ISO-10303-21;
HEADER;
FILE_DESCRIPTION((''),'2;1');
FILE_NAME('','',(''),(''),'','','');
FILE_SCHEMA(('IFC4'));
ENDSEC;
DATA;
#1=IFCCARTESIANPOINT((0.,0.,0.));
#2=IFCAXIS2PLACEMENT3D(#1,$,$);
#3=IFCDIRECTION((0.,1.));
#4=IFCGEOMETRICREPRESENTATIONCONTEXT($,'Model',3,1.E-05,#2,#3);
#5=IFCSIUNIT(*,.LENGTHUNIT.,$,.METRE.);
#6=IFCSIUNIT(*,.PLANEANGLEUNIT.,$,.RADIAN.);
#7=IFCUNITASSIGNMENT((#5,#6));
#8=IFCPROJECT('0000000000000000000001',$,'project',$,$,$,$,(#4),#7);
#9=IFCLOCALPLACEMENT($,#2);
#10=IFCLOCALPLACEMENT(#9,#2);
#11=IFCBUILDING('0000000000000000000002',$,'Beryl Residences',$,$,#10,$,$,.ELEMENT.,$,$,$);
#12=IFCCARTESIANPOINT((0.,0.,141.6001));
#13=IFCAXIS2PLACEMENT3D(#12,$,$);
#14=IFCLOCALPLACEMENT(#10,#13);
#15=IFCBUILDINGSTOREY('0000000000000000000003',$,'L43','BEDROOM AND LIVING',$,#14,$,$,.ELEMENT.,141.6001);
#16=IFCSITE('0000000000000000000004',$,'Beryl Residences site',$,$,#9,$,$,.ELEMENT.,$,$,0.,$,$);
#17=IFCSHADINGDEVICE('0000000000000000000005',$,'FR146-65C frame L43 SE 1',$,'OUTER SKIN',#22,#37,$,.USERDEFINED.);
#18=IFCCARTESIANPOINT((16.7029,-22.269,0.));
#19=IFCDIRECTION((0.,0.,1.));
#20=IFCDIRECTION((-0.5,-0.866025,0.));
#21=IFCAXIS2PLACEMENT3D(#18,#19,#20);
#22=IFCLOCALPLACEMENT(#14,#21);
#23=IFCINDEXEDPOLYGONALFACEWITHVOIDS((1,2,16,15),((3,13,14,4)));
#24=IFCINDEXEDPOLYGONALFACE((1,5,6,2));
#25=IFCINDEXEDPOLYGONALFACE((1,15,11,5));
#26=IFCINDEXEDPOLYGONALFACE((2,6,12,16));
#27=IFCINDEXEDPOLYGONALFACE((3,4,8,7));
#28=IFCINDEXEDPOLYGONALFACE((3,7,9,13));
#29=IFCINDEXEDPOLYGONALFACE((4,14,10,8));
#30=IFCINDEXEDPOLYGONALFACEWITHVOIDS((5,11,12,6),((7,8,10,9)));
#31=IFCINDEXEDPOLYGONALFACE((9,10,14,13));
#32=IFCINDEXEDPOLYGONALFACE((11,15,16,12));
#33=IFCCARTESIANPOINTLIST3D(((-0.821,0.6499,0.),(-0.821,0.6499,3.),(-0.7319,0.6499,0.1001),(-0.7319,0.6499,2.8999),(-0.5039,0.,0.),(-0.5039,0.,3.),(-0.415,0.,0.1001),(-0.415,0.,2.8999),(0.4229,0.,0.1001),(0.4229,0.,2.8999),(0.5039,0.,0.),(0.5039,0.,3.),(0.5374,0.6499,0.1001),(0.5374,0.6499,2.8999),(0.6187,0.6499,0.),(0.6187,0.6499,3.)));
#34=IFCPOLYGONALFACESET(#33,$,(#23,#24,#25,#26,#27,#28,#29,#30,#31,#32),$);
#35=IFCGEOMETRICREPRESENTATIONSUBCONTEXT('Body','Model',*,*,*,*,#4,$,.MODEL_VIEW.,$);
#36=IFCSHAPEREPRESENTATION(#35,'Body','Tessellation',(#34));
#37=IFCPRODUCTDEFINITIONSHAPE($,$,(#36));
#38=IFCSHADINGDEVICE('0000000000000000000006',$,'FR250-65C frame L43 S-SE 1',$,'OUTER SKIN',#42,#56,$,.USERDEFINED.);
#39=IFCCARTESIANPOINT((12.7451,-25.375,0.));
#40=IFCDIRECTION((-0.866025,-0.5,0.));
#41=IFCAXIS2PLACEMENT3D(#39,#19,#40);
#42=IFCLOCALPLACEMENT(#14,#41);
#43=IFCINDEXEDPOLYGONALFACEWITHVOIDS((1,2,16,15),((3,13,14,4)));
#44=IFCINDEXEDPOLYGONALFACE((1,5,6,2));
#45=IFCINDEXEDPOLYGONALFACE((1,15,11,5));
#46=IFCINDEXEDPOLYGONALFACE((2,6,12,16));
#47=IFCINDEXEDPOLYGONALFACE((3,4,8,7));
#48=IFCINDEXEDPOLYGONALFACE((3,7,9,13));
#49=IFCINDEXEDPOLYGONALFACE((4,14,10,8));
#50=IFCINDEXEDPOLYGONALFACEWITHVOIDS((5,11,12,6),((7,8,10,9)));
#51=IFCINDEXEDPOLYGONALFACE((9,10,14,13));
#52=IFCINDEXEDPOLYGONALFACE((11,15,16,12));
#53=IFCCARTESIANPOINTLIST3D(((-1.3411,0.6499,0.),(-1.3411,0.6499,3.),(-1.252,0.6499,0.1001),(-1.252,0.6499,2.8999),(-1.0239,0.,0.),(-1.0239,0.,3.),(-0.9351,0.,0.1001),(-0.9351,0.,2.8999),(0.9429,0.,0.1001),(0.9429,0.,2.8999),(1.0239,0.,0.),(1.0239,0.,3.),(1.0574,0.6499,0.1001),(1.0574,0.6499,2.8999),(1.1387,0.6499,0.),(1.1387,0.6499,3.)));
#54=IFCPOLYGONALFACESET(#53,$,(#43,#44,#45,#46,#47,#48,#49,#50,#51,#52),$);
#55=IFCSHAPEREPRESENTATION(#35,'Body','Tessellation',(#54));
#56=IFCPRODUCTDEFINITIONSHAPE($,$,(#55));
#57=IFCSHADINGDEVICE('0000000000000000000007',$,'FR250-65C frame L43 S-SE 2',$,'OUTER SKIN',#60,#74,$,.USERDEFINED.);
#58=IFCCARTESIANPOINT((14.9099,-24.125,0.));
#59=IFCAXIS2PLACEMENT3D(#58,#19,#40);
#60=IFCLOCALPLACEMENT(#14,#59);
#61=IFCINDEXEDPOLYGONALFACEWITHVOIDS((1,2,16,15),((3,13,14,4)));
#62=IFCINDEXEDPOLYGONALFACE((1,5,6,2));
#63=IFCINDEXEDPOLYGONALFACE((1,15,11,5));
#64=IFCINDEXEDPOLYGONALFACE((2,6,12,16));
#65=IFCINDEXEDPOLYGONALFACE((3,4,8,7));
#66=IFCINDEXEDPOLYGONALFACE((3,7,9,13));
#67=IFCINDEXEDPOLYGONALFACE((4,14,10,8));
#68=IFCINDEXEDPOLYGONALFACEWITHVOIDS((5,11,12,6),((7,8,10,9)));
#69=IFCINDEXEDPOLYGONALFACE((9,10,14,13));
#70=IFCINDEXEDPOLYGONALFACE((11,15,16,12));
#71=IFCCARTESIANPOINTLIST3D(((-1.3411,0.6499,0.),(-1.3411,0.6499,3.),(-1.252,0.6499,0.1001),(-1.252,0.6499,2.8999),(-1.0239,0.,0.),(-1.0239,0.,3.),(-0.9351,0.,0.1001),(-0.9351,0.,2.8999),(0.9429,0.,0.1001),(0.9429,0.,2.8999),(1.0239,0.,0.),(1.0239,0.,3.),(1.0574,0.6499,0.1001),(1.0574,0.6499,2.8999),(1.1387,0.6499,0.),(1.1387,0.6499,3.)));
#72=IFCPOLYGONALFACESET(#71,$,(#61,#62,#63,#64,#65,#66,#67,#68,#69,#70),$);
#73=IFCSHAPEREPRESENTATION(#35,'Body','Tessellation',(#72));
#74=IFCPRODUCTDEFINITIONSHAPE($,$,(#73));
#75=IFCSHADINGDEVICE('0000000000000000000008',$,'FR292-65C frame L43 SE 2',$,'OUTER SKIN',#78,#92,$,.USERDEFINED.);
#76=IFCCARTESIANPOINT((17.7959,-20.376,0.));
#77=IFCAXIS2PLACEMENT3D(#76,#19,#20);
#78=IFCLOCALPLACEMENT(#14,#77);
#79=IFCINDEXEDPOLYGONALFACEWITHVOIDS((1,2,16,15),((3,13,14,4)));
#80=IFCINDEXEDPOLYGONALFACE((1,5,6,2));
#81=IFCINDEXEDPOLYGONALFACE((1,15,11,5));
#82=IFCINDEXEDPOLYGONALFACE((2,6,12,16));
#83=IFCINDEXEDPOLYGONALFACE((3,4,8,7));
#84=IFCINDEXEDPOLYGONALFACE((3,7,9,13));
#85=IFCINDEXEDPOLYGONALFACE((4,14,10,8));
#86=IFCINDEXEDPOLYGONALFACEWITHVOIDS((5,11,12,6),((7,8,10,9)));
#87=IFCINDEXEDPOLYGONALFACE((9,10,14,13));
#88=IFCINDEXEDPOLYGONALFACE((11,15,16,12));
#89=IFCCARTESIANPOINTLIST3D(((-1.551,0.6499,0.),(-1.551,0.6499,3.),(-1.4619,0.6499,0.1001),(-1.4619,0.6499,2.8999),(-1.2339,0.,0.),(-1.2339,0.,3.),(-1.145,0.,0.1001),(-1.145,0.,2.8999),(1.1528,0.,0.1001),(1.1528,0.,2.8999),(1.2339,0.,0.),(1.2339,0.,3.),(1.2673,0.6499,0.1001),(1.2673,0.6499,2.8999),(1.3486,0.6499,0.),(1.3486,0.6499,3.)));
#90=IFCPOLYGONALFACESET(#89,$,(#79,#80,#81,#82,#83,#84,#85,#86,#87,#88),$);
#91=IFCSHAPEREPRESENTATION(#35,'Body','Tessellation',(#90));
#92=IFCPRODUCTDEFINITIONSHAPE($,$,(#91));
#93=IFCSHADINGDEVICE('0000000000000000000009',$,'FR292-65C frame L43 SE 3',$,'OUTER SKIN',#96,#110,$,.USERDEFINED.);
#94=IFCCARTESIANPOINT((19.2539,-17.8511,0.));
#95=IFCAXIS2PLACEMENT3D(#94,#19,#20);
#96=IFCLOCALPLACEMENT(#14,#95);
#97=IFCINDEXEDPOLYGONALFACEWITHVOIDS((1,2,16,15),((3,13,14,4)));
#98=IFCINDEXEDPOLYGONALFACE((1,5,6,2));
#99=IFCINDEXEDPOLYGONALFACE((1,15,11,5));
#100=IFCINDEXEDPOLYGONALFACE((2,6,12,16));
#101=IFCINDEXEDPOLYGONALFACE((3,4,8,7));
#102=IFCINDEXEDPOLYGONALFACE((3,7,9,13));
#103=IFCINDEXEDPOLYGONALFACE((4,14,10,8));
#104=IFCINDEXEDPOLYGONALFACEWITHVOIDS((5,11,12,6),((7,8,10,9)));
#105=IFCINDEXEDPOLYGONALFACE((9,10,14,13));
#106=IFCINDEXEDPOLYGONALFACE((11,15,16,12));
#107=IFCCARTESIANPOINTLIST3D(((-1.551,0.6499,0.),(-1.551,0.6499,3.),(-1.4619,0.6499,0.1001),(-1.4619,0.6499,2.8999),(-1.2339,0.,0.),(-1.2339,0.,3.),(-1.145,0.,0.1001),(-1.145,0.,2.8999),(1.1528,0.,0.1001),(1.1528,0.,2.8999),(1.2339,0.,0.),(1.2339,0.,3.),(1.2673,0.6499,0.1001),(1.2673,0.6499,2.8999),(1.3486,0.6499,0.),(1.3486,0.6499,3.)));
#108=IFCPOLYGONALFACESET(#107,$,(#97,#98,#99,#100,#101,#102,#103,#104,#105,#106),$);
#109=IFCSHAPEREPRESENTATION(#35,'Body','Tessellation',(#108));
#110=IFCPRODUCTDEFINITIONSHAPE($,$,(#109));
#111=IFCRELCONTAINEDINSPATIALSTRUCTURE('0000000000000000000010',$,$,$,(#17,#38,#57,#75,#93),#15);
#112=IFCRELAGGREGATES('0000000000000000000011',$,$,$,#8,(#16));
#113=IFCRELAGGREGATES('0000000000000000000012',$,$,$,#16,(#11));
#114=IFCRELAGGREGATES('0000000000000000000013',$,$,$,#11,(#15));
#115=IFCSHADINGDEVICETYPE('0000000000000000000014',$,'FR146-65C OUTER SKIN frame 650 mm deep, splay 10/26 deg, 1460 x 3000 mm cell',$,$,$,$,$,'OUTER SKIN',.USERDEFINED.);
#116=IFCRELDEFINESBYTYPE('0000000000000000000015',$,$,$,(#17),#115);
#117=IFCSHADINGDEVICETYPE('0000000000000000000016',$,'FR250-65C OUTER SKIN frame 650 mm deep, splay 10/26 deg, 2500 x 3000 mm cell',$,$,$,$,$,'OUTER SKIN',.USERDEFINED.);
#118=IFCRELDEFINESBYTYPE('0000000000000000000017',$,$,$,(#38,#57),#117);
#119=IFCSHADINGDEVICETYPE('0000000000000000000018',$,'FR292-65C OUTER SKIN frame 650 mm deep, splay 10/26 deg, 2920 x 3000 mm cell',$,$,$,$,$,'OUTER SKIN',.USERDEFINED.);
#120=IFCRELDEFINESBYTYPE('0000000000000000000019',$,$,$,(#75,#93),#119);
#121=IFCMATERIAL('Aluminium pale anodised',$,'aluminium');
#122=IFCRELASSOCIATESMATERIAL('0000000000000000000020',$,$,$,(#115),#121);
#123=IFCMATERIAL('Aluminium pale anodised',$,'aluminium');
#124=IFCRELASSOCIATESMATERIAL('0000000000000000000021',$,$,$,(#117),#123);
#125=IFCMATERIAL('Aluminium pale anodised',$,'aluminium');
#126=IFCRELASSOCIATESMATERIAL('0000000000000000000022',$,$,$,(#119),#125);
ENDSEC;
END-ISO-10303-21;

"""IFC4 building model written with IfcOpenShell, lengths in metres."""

from ifc_helpers import new_model, entity, si_unit, direction, frame, origin, place, context, subcontext, project, spatial, source, transform, mapped, material, type_object, type_shapes, element, save


model = new_model("IFC4")

# Units and contexts
model_context = context("Model", 3, precision=1e-05, world=origin(), true_north=direction((0.0, 1.0)))
body_context = subcontext(model_context, "Body", "Model", "MODEL_VIEW")
ifc_project = project(units=[si_unit("LENGTHUNIT", "METRE"), si_unit("PLANEANGLEUNIT", "RADIAN")], contexts=[model_context])

# Site, building, storey
site_placement = place(None, origin())
site = spatial("IfcSite", under=ifc_project, at=site_placement, Name="Beryl Residences site", CompositionType="ELEMENT", RefElevation=0.0)
building_placement = place(site_placement, origin())
building = spatial("IfcBuilding", under=site, at=building_placement, Name="Beryl Residences", CompositionType="ELEMENT")
storey_placement = place(building_placement, frame((0.0, 0.0, 141.6001)))
storey = spatial("IfcBuildingStorey", under=building, at=storey_placement, Name="L43", Description="BEDROOM AND LIVING", CompositionType="ELEMENT", Elevation=141.6001)

# Shading devices
ifc_material_1 = material(Name="Aluminium pale anodised", Category="aluminium")
shading_device_type_1 = type_object("IfcShadingDeviceType", Name="FR146-65C OUTER SKIN frame 650 mm deep, splay 10/26 deg, 1460 x 3000 mm cell", ElementType="OUTER SKIN", PredefinedType="USERDEFINED", material=ifc_material_1)
cartesian_point_1 = entity("IfcCartesianPoint", [-0.5039, 0.0])
cartesian_point_2 = entity("IfcCartesianPoint", [-0.4229, 0.1001])
cartesian_point_3 = entity("IfcCartesianPoint", [-0.6187, 0.0])
cartesian_point_4 = entity("IfcCartesianPoint", [-0.5374, 0.1001])
shared_shape_1 = source(origin(), body_context, "Body", "SweptSolid", [
    entity("IfcExtrudedAreaSolidTapered", entity("IfcArbitraryProfileDefWithVoids", "AREA", None, entity("IfcPolyline", [cartesian_point_1, entity("IfcCartesianPoint", [0.5039, 0.0]), entity("IfcCartesianPoint", [0.5039, 3.0]), entity("IfcCartesianPoint", [-0.5039, 3.0]), cartesian_point_1]), [entity("IfcPolyline", [cartesian_point_2, entity("IfcCartesianPoint", [0.415, 0.1001]), entity("IfcCartesianPoint", [0.415, 2.8999]), entity("IfcCartesianPoint", [-0.4229, 2.8999]), cartesian_point_2])]), entity("IfcAxis2Placement3D", entity("IfcCartesianPoint", [0.0, 0.0, 0.0]), entity("IfcDirection", [0.0, 1.0, 0.0]), entity("IfcDirection", [-1.0, 0.0, 0.0])), entity("IfcDirection", [0.0, 0.0, 1.0]), 0.6499, entity("IfcArbitraryProfileDefWithVoids", "AREA", None, entity("IfcPolyline", [cartesian_point_3, entity("IfcCartesianPoint", [0.821, 0.0]), entity("IfcCartesianPoint", [0.821, 3.0]), entity("IfcCartesianPoint", [-0.6187, 3.0]), cartesian_point_3]), [entity("IfcPolyline", [cartesian_point_4, entity("IfcCartesianPoint", [0.7319, 0.1001]), entity("IfcCartesianPoint", [0.7319, 2.8999]), entity("IfcCartesianPoint", [-0.5374, 2.8999]), cartesian_point_4])])),
])
type_shapes(shading_device_type_1, [shared_shape_1])
shading_device_placement = place(storey_placement, frame((16.7029, -22.269, 0.0), z_axis=(0.0, 0.0, 1.0), x_axis=(-0.5, -0.866025, 0.0)))
element("IfcShadingDevice", 1, at=shading_device_placement, inside=storey, type_object=shading_device_type_1, Name="FR146-65C frame L43 SE 1", ObjectType="OUTER SKIN", PredefinedType="USERDEFINED", context=body_context, shape_type="MappedRepresentation", body=[
    mapped(shared_shape_1, transform((0.0, 0.0, 0.0))),
])
ifc_material_2 = material(Name="Aluminium pale anodised", Category="aluminium")
shading_device_type_2 = type_object("IfcShadingDeviceType", Name="FR250-65C OUTER SKIN frame 650 mm deep, splay 10/26 deg, 2500 x 3000 mm cell", ElementType="OUTER SKIN", PredefinedType="USERDEFINED", material=ifc_material_2)
cartesian_point_5 = entity("IfcCartesianPoint", [-1.0239, 0.0])
cartesian_point_6 = entity("IfcCartesianPoint", [-0.9429, 0.1001])
cartesian_point_7 = entity("IfcCartesianPoint", [-1.1387, 0.0])
cartesian_point_8 = entity("IfcCartesianPoint", [-1.0574, 0.1001])
shared_shape_2 = source(origin(), body_context, "Body", "SweptSolid", [
    entity("IfcExtrudedAreaSolidTapered", entity("IfcArbitraryProfileDefWithVoids", "AREA", None, entity("IfcPolyline", [cartesian_point_5, entity("IfcCartesianPoint", [1.0239, 0.0]), entity("IfcCartesianPoint", [1.0239, 3.0]), entity("IfcCartesianPoint", [-1.0239, 3.0]), cartesian_point_5]), [entity("IfcPolyline", [cartesian_point_6, entity("IfcCartesianPoint", [0.9351, 0.1001]), entity("IfcCartesianPoint", [0.9351, 2.8999]), entity("IfcCartesianPoint", [-0.9429, 2.8999]), cartesian_point_6])]), entity("IfcAxis2Placement3D", entity("IfcCartesianPoint", [0.0, 0.0, 0.0]), entity("IfcDirection", [0.0, 1.0, 0.0]), entity("IfcDirection", [-1.0, 0.0, 0.0])), entity("IfcDirection", [0.0, 0.0, 1.0]), 0.6499, entity("IfcArbitraryProfileDefWithVoids", "AREA", None, entity("IfcPolyline", [cartesian_point_7, entity("IfcCartesianPoint", [1.3411, 0.0]), entity("IfcCartesianPoint", [1.3411, 3.0]), entity("IfcCartesianPoint", [-1.1387, 3.0]), cartesian_point_7]), [entity("IfcPolyline", [cartesian_point_8, entity("IfcCartesianPoint", [1.252, 0.1001]), entity("IfcCartesianPoint", [1.252, 2.8999]), entity("IfcCartesianPoint", [-1.0574, 2.8999]), cartesian_point_8])])),
])
type_shapes(shading_device_type_2, [shared_shape_2])
for number, where, z_axis, x_axis, name in (
    (2, (12.7451, -25.375, 0.0), (0.0, 0.0, 1.0), (-0.866025, -0.5, 0.0), "FR250-65C frame L43 S-SE 1"),
    (3, (14.9099, -24.125, 0.0), (0.0, 0.0, 1.0), (-0.866025, -0.5, 0.0), "FR250-65C frame L43 S-SE 2"),
):
    element("IfcShadingDevice", number, at=place(storey_placement, frame(where, z_axis=z_axis, x_axis=x_axis)), inside=storey, type_object=shading_device_type_2, Name=name, ObjectType="OUTER SKIN", PredefinedType="USERDEFINED", context=body_context, shape_type="MappedRepresentation", body=[
        mapped(shared_shape_2, transform((0.0, 0.0, 0.0))),
    ])
ifc_material_3 = material(Name="Aluminium pale anodised", Category="aluminium")
shading_device_type_3 = type_object("IfcShadingDeviceType", Name="FR292-65C OUTER SKIN frame 650 mm deep, splay 10/26 deg, 2920 x 3000 mm cell", ElementType="OUTER SKIN", PredefinedType="USERDEFINED", material=ifc_material_3)
cartesian_point_9 = entity("IfcCartesianPoint", [-1.2339, 0.0])
cartesian_point_10 = entity("IfcCartesianPoint", [-1.1528, 0.1001])
cartesian_point_11 = entity("IfcCartesianPoint", [-1.3486, 0.0])
cartesian_point_12 = entity("IfcCartesianPoint", [-1.2673, 0.1001])
shared_shape_3 = source(origin(), body_context, "Body", "SweptSolid", [
    entity("IfcExtrudedAreaSolidTapered", entity("IfcArbitraryProfileDefWithVoids", "AREA", None, entity("IfcPolyline", [cartesian_point_9, entity("IfcCartesianPoint", [1.2339, 0.0]), entity("IfcCartesianPoint", [1.2339, 3.0]), entity("IfcCartesianPoint", [-1.2339, 3.0]), cartesian_point_9]), [entity("IfcPolyline", [cartesian_point_10, entity("IfcCartesianPoint", [1.145, 0.1001]), entity("IfcCartesianPoint", [1.145, 2.8999]), entity("IfcCartesianPoint", [-1.1528, 2.8999]), cartesian_point_10])]), entity("IfcAxis2Placement3D", entity("IfcCartesianPoint", [0.0, 0.0, 0.0]), entity("IfcDirection", [0.0, 1.0, 0.0]), entity("IfcDirection", [-1.0, 0.0, 0.0])), entity("IfcDirection", [0.0, 0.0, 1.0]), 0.6499, entity("IfcArbitraryProfileDefWithVoids", "AREA", None, entity("IfcPolyline", [cartesian_point_11, entity("IfcCartesianPoint", [1.551, 0.0]), entity("IfcCartesianPoint", [1.551, 3.0]), entity("IfcCartesianPoint", [-1.3486, 3.0]), cartesian_point_11]), [entity("IfcPolyline", [cartesian_point_12, entity("IfcCartesianPoint", [1.4619, 0.1001]), entity("IfcCartesianPoint", [1.4619, 2.8999]), entity("IfcCartesianPoint", [-1.2673, 2.8999]), cartesian_point_12])])),
])
type_shapes(shading_device_type_3, [shared_shape_3])
for number, where, z_axis, x_axis, name in (
    (4, (17.7959, -20.376, 0.0), (0.0, 0.0, 1.0), (-0.5, -0.866025, 0.0), "FR292-65C frame L43 SE 2"),
    (5, (19.2539, -17.8511, 0.0), (0.0, 0.0, 1.0), (-0.5, -0.866025, 0.0), "FR292-65C frame L43 SE 3"),
):
    element("IfcShadingDevice", number, at=place(storey_placement, frame(where, z_axis=z_axis, x_axis=x_axis)), inside=storey, type_object=shading_device_type_3, Name=name, ObjectType="OUTER SKIN", PredefinedType="USERDEFINED", context=body_context, shape_type="MappedRepresentation", body=[
        mapped(shared_shape_3, transform((0.0, 0.0, 0.0))),
    ])

save(model, "model.ifc")
